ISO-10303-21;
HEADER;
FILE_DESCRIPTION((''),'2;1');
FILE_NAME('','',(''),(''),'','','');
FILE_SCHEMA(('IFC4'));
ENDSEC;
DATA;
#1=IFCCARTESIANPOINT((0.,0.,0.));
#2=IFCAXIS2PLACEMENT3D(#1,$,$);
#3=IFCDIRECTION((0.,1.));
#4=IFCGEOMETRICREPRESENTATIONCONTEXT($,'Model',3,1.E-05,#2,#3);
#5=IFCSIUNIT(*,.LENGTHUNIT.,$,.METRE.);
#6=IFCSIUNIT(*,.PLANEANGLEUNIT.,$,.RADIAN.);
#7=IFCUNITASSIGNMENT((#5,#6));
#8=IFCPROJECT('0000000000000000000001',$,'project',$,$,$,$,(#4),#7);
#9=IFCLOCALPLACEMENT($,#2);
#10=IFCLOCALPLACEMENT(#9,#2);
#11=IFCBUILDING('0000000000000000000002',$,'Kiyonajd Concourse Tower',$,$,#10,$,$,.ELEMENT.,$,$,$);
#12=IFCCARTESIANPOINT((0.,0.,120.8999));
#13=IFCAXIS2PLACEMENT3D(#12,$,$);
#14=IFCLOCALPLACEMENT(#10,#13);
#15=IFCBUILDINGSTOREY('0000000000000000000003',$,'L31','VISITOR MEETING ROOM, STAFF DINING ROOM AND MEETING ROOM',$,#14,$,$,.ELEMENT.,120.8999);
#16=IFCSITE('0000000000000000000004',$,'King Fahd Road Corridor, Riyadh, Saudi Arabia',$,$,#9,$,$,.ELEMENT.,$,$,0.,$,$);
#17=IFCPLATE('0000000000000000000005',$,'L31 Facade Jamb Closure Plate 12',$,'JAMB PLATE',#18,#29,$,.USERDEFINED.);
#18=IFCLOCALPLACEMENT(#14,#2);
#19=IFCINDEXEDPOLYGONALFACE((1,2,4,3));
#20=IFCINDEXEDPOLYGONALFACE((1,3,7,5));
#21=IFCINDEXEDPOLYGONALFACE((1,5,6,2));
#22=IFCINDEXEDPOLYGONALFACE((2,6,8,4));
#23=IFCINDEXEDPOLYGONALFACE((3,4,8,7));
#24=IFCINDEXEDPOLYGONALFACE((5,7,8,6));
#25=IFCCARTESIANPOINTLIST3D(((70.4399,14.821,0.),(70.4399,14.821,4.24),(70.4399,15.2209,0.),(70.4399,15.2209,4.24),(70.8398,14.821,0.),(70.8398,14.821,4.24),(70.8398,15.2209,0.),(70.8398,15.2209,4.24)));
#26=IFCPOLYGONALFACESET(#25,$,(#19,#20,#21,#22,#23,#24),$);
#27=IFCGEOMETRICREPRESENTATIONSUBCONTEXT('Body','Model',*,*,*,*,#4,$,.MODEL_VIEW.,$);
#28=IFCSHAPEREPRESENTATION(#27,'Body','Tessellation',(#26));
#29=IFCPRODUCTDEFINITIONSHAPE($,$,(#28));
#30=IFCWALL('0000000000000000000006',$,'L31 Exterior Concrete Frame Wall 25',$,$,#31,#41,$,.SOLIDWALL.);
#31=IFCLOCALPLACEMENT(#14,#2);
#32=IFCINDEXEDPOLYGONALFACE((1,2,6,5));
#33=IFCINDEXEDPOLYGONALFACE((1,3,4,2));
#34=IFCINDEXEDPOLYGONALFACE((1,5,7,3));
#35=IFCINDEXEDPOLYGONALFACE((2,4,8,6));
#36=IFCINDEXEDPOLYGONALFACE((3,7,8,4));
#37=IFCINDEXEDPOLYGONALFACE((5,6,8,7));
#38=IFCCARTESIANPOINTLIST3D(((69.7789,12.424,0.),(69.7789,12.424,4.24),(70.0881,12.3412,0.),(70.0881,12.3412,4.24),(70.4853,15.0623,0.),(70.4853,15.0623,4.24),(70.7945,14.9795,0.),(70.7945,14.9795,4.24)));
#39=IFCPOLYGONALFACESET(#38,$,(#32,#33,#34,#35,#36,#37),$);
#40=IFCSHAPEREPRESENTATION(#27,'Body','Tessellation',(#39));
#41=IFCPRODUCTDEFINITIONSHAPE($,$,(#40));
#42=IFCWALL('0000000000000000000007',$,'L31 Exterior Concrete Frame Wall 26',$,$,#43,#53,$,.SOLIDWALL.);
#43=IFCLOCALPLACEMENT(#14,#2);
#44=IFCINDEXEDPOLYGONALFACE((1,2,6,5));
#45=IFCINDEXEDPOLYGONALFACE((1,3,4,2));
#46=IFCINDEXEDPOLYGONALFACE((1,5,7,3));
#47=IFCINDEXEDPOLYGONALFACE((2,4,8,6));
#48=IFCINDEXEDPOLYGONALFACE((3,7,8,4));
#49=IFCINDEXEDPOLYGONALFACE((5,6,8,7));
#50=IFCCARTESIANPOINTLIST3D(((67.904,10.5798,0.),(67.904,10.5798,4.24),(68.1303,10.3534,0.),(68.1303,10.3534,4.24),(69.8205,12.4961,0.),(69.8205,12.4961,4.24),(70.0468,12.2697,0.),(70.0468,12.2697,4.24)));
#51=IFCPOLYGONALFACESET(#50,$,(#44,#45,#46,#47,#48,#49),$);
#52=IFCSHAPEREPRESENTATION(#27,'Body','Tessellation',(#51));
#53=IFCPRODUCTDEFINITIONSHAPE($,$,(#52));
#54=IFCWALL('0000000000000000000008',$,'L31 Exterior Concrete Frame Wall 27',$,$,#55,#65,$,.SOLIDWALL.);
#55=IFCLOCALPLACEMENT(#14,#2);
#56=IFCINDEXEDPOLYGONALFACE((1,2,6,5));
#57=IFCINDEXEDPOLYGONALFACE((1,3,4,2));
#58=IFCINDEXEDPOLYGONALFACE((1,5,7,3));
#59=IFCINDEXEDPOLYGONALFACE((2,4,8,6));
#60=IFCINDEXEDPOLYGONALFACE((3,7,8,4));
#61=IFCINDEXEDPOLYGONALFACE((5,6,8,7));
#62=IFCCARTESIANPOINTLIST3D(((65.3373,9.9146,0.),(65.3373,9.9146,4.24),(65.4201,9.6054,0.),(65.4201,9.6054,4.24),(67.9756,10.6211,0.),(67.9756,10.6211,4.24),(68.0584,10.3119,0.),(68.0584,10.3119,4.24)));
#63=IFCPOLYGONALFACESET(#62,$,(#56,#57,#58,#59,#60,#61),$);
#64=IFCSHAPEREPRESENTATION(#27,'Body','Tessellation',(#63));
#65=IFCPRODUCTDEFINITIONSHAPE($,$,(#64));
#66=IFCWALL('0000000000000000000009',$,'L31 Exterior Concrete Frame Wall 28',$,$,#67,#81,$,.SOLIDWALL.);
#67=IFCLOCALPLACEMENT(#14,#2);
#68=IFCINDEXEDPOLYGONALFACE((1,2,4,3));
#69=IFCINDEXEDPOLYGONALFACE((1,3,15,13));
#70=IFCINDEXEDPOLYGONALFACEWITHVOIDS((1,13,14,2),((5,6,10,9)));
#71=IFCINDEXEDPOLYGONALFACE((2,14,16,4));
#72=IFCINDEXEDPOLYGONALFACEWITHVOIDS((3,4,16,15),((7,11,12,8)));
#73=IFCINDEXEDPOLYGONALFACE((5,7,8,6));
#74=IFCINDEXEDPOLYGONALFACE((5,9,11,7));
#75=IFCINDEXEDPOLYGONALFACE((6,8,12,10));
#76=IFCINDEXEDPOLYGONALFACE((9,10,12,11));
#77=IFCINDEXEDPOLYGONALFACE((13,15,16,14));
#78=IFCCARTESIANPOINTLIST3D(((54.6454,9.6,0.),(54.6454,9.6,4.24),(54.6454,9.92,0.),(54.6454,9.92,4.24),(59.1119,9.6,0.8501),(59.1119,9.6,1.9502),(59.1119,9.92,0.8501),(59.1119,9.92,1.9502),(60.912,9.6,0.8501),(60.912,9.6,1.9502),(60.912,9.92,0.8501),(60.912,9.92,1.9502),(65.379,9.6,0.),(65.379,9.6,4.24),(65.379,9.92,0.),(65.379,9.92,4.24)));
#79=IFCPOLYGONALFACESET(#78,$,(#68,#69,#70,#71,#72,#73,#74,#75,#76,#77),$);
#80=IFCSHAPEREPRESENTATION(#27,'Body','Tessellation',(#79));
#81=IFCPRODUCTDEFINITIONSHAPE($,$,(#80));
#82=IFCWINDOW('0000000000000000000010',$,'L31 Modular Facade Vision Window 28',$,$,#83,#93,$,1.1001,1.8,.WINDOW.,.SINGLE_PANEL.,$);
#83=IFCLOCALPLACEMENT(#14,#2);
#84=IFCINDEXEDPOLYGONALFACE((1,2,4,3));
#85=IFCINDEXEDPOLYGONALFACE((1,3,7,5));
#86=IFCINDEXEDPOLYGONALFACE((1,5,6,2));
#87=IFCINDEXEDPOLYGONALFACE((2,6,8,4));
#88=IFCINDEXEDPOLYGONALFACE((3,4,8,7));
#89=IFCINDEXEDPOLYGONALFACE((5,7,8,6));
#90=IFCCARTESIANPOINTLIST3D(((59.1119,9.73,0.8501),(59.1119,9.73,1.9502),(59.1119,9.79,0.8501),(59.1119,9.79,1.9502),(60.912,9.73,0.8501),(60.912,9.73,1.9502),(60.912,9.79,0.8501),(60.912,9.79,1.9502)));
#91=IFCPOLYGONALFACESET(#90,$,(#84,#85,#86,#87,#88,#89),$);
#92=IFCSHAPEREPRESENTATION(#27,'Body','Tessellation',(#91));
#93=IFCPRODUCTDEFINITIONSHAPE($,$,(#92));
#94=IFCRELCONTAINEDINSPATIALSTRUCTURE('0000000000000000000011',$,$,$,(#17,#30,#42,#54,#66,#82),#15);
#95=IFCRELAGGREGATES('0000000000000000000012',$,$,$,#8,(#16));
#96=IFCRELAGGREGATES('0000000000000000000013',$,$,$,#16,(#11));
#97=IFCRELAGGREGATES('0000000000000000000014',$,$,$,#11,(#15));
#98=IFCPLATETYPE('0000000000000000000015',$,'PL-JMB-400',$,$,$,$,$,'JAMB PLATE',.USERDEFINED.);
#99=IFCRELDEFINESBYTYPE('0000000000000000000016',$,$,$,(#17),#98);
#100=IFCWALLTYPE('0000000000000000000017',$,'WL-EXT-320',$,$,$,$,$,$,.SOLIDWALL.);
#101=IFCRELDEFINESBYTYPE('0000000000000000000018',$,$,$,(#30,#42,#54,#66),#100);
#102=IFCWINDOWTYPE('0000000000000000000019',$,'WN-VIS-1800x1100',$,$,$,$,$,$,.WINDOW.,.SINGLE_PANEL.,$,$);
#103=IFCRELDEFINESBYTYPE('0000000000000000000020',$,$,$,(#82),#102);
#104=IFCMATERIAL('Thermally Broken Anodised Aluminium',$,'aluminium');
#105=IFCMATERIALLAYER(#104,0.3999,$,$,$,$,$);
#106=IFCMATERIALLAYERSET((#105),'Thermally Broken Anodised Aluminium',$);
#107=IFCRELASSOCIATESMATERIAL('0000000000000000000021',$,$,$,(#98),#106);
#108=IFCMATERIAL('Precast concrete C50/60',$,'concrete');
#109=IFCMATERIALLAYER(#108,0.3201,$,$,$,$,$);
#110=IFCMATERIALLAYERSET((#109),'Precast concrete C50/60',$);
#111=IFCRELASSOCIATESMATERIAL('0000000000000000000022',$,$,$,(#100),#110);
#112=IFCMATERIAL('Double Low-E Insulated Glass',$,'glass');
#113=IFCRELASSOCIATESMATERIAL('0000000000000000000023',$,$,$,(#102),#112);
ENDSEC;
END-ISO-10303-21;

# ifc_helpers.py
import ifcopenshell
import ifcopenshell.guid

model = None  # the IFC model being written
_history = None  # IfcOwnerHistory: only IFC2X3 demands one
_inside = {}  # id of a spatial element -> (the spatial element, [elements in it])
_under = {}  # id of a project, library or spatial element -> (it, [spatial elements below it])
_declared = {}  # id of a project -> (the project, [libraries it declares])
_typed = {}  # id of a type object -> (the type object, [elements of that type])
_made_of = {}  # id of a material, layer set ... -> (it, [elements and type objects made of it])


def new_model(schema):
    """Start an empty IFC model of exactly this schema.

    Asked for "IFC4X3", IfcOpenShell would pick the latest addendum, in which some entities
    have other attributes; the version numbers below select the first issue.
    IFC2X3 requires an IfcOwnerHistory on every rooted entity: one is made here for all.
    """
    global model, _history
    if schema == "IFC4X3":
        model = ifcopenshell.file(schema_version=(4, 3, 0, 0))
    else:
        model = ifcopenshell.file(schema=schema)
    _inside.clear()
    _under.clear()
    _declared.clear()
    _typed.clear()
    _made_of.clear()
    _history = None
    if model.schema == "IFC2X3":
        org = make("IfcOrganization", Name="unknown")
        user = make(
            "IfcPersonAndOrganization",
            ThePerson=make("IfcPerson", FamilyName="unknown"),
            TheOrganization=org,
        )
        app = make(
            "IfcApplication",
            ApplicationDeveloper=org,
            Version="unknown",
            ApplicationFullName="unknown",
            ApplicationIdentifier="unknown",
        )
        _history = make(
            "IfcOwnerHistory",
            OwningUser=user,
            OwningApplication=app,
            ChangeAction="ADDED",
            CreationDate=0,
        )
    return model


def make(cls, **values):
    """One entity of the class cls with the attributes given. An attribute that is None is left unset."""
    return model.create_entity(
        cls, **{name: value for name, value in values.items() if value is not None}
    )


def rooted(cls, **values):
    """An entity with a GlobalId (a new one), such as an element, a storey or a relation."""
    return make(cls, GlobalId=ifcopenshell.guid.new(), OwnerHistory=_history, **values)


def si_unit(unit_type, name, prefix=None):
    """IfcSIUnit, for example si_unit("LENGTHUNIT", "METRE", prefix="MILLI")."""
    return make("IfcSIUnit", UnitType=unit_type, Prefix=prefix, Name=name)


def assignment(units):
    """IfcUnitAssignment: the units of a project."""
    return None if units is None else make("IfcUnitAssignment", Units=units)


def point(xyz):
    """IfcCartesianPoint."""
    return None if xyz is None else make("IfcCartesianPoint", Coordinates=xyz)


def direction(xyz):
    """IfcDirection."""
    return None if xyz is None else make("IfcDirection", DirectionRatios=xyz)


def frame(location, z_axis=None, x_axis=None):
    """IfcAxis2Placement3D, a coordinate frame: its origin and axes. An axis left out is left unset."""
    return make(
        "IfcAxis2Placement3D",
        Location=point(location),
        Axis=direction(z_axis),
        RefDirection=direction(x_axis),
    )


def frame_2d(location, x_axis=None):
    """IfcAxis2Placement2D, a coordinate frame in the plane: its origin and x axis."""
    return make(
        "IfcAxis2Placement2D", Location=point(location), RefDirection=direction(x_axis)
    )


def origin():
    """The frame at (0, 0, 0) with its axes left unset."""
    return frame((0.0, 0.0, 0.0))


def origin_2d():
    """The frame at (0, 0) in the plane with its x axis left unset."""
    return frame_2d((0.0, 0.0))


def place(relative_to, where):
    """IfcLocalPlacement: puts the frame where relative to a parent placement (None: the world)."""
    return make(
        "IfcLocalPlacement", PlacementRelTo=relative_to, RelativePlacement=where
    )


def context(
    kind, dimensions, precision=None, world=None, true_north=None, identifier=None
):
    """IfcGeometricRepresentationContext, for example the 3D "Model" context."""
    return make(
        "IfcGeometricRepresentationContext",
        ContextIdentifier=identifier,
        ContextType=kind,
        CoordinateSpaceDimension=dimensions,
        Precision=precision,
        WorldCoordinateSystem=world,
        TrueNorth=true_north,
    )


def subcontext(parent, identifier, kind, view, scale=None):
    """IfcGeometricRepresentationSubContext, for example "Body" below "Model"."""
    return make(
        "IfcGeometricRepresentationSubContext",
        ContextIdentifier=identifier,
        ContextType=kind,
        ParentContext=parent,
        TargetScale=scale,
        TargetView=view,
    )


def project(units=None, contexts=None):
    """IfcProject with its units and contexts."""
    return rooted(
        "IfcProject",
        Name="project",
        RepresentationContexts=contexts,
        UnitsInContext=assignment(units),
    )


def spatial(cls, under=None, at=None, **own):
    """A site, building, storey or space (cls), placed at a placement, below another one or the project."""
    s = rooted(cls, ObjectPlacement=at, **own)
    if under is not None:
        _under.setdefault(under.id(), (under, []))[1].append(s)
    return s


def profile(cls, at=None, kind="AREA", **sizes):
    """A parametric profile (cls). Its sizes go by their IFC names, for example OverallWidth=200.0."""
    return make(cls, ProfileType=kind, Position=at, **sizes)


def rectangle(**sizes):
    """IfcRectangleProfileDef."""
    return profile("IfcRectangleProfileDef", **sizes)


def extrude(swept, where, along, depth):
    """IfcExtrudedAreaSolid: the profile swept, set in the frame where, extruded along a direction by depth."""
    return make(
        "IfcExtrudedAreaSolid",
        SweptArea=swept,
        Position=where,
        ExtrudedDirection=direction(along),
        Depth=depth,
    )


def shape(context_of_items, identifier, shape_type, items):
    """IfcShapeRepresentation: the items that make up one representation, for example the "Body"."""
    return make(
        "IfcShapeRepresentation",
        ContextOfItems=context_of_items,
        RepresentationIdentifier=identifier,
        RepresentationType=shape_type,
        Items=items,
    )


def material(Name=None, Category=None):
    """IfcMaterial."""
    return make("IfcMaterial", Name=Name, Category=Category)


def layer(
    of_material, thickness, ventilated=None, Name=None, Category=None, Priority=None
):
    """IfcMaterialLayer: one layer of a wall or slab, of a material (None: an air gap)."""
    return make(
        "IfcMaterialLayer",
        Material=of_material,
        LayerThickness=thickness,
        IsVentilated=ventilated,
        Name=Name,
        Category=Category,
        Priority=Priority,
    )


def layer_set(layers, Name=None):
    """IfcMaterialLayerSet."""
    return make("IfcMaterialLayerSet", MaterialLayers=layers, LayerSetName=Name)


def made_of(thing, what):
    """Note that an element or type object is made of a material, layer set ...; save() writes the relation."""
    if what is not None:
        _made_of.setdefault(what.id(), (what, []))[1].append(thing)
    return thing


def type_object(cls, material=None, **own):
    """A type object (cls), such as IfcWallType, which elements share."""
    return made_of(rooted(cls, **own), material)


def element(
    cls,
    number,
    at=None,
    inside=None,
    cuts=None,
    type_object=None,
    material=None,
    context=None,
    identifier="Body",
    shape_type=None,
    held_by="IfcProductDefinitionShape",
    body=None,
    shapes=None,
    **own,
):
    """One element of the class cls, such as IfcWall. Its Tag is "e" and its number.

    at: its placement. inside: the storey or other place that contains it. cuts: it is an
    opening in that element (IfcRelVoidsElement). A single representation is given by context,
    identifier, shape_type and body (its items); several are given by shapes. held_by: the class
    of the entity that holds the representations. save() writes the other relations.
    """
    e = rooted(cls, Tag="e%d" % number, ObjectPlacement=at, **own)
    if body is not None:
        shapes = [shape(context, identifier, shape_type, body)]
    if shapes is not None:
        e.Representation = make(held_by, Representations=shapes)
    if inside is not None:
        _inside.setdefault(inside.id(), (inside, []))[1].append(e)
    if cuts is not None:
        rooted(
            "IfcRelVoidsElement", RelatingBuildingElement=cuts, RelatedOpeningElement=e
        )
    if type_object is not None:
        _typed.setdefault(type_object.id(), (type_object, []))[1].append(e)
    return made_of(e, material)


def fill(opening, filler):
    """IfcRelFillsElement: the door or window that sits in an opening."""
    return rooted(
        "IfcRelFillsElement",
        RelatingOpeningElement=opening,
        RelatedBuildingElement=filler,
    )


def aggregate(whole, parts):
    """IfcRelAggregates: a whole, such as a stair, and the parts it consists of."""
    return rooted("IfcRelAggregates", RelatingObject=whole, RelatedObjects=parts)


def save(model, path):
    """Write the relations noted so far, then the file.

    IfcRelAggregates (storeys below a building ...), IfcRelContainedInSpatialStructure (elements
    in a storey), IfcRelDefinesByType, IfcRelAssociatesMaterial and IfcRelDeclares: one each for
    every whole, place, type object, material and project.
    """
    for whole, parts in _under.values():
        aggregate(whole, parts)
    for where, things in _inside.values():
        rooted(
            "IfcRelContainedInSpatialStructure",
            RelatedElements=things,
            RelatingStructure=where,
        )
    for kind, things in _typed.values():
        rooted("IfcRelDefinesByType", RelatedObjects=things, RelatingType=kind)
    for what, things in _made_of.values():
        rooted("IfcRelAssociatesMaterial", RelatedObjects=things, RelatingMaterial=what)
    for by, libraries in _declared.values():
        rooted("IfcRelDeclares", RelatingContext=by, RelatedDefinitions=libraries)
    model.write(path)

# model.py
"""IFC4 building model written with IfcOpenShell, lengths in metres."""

from ifc_helpers import new_model, si_unit, direction, frame, frame_2d, origin, origin_2d, place, context, subcontext, project, spatial, rectangle, extrude, material, layer, layer_set, type_object, element, fill, save


model = new_model("IFC4")

# Units and contexts
model_context = context("Model", 3, precision=1e-05, world=origin(), true_north=direction((0.0, 1.0)))
body_context = subcontext(model_context, "Body", "Model", "MODEL_VIEW")
ifc_project = project(units=[si_unit("LENGTHUNIT", "METRE"), si_unit("PLANEANGLEUNIT", "RADIAN")], contexts=[model_context])

# Site, building, storey
site_placement = place(None, origin())
site = spatial("IfcSite", under=ifc_project, at=site_placement, Name="King Fahd Road Corridor, Riyadh, Saudi Arabia", CompositionType="ELEMENT", RefElevation=0.0)
building_placement = place(site_placement, origin())
building = spatial("IfcBuilding", under=site, at=building_placement, Name="Kiyonajd Concourse Tower", CompositionType="ELEMENT")
storey_placement = place(building_placement, frame((0.0, 0.0, 120.8999)))
storey = spatial("IfcBuildingStorey", under=building, at=storey_placement, Name="L31", Description="VISITOR MEETING ROOM, STAFF DINING ROOM AND MEETING ROOM", CompositionType="ELEMENT", Elevation=120.8999)

# Shared definitions
ifc_material_1 = material(Name="Precast concrete C50/60", Category="concrete")

# Shared definitions
ifc_material_2 = material(Name="Thermally Broken Anodised Aluminium", Category="aluminium")
ifc_material_3 = material(Name="Double Low-E Insulated Glass", Category="glass")

# Plate
ifc_layer_1 = layer(ifc_material_2, 0.3999)
ifc_layer_set_1 = layer_set([ifc_layer_1], Name="Thermally Broken Anodised Aluminium")
plate_type_1 = type_object("IfcPlateType", Name="PL-JMB-400", ElementType="JAMB PLATE", PredefinedType="USERDEFINED", material=ifc_layer_set_1)
plate_1_placement = place(storey_placement, frame((70.6399, 15.021, 0.0), z_axis=(0.0, 0.0, 1.0), x_axis=(1.0, 0.0, 0.0)))
element("IfcPlate", 1, at=plate_1_placement, inside=storey, type_object=plate_type_1, Name="L31 Facade Jamb Closure Plate 12", ObjectType="JAMB PLATE", PredefinedType="USERDEFINED", context=body_context, shape_type="SweptSolid", body=[
    extrude(rectangle(XDim=0.3999, YDim=0.3999, at=origin_2d()), origin(), (0.0, 0.0, 1.0), 4.24),
])

# Walls
ifc_layer_2 = layer(ifc_material_1, 0.3201)
ifc_layer_set_2 = layer_set([ifc_layer_2], Name="Precast concrete C50/60")
wall_type = type_object("IfcWallType", Name="WL-EXT-320", PredefinedType="SOLIDWALL", material=ifc_layer_set_2)
wall_1_placement = place(storey_placement, frame((70.6399, 15.021, 0.0), z_axis=(0.0, 0.0, 1.0), x_axis=(-0.258614, -0.965981, 0.0)))
element("IfcWall", 2, at=wall_1_placement, inside=storey, type_object=wall_type, Name="L31 Exterior Concrete Frame Wall 25", PredefinedType="SOLIDWALL", context=body_context, shape_type="SweptSolid", body=[
    extrude(rectangle(XDim=2.7312, YDim=0.3201, at=frame_2d((1.3657, 0.0))), origin(), (0.0, 0.0, 1.0), 4.24),
])
wall_2_placement = place(storey_placement, frame((69.9336, 12.3828, 0.0), z_axis=(0.0, 0.0, 1.0), x_axis=(-0.707152, -0.707062, 0.0)))
element("IfcWall", 3, at=wall_2_placement, inside=storey, type_object=wall_type, Name="L31 Exterior Concrete Frame Wall 26", PredefinedType="SOLIDWALL", context=body_context, shape_type="SweptSolid", body=[
    extrude(rectangle(XDim=2.7102, YDim=0.3201, at=frame_2d((1.355, 0.0))), origin(), (0.0, 0.0, 1.0), 4.24),
])
wall_3_placement = place(storey_placement, frame((68.0171, 10.4666, 0.0), z_axis=(0.0, 0.0, 1.0), x_axis=(-0.965958, -0.258697, 0.0)))
element("IfcWall", 4, at=wall_3_placement, inside=storey, type_object=wall_type, Name="L31 Exterior Concrete Frame Wall 27", PredefinedType="SOLIDWALL", context=body_context, shape_type="SweptSolid", body=[
    extrude(rectangle(XDim=2.7312, YDim=0.3201, at=frame_2d((1.3657, 0.0))), origin(), (0.0, 0.0, 1.0), 4.24),
])

# Wall, opening, window
wall_4_placement = place(storey_placement, frame((65.3789, 9.76, 0.0), z_axis=(0.0, 0.0, 1.0), x_axis=(-1.0, 0.0, 0.0)))
wall_4 = element("IfcWall", 5, at=wall_4_placement, inside=storey, type_object=wall_type, Name="L31 Exterior Concrete Frame Wall 28", PredefinedType="SOLIDWALL", context=body_context, shape_type="SweptSolid", body=[
    extrude(rectangle(XDim=10.7336, YDim=0.3201, at=frame_2d((5.3667, 0.0))), origin(), (0.0, 0.0, 1.0), 4.24),
])
opening_placement = place(wall_4_placement, frame((4.467, 0.0, 0.8501)))
opening = element("IfcOpeningElement", 6, at=opening_placement, cuts=wall_4, PredefinedType="OPENING", context=body_context, shape_type="SweptSolid", body=[
    extrude(rectangle(XDim=1.8, YDim=1.1001, at=frame_2d((0.8999, 0.55))), frame((0.0, 0.1699, 0.0), z_axis=(0.0, -1.0, 0.0), x_axis=(1.0, 0.0, 0.0)), (0.0, 0.0, 1.0), 0.3401),
])
window_type = type_object("IfcWindowType", Name="WN-VIS-1800x1100", PartitioningType="SINGLE_PANEL", PredefinedType="WINDOW", material=ifc_material_3)
window_placement = place(opening_placement, origin())
window = element("IfcWindow", 7, at=window_placement, inside=storey, type_object=window_type, Name="L31 Modular Facade Vision Window 28", OverallHeight=1.1001, OverallWidth=1.8, PartitioningType="SINGLE_PANEL", PredefinedType="WINDOW", context=body_context, shape_type="SweptSolid", body=[
    extrude(rectangle(XDim=1.8, YDim=1.1001, at=frame_2d((0.8999, 0.55))), frame((0.0, 0.03, 0.0), z_axis=(0.0, -1.0, 0.0), x_axis=(1.0, 0.0, 0.0)), (0.0, 0.0, 1.0), 0.0601),
])
fill(opening, window)

save(model, "model.ifc")
